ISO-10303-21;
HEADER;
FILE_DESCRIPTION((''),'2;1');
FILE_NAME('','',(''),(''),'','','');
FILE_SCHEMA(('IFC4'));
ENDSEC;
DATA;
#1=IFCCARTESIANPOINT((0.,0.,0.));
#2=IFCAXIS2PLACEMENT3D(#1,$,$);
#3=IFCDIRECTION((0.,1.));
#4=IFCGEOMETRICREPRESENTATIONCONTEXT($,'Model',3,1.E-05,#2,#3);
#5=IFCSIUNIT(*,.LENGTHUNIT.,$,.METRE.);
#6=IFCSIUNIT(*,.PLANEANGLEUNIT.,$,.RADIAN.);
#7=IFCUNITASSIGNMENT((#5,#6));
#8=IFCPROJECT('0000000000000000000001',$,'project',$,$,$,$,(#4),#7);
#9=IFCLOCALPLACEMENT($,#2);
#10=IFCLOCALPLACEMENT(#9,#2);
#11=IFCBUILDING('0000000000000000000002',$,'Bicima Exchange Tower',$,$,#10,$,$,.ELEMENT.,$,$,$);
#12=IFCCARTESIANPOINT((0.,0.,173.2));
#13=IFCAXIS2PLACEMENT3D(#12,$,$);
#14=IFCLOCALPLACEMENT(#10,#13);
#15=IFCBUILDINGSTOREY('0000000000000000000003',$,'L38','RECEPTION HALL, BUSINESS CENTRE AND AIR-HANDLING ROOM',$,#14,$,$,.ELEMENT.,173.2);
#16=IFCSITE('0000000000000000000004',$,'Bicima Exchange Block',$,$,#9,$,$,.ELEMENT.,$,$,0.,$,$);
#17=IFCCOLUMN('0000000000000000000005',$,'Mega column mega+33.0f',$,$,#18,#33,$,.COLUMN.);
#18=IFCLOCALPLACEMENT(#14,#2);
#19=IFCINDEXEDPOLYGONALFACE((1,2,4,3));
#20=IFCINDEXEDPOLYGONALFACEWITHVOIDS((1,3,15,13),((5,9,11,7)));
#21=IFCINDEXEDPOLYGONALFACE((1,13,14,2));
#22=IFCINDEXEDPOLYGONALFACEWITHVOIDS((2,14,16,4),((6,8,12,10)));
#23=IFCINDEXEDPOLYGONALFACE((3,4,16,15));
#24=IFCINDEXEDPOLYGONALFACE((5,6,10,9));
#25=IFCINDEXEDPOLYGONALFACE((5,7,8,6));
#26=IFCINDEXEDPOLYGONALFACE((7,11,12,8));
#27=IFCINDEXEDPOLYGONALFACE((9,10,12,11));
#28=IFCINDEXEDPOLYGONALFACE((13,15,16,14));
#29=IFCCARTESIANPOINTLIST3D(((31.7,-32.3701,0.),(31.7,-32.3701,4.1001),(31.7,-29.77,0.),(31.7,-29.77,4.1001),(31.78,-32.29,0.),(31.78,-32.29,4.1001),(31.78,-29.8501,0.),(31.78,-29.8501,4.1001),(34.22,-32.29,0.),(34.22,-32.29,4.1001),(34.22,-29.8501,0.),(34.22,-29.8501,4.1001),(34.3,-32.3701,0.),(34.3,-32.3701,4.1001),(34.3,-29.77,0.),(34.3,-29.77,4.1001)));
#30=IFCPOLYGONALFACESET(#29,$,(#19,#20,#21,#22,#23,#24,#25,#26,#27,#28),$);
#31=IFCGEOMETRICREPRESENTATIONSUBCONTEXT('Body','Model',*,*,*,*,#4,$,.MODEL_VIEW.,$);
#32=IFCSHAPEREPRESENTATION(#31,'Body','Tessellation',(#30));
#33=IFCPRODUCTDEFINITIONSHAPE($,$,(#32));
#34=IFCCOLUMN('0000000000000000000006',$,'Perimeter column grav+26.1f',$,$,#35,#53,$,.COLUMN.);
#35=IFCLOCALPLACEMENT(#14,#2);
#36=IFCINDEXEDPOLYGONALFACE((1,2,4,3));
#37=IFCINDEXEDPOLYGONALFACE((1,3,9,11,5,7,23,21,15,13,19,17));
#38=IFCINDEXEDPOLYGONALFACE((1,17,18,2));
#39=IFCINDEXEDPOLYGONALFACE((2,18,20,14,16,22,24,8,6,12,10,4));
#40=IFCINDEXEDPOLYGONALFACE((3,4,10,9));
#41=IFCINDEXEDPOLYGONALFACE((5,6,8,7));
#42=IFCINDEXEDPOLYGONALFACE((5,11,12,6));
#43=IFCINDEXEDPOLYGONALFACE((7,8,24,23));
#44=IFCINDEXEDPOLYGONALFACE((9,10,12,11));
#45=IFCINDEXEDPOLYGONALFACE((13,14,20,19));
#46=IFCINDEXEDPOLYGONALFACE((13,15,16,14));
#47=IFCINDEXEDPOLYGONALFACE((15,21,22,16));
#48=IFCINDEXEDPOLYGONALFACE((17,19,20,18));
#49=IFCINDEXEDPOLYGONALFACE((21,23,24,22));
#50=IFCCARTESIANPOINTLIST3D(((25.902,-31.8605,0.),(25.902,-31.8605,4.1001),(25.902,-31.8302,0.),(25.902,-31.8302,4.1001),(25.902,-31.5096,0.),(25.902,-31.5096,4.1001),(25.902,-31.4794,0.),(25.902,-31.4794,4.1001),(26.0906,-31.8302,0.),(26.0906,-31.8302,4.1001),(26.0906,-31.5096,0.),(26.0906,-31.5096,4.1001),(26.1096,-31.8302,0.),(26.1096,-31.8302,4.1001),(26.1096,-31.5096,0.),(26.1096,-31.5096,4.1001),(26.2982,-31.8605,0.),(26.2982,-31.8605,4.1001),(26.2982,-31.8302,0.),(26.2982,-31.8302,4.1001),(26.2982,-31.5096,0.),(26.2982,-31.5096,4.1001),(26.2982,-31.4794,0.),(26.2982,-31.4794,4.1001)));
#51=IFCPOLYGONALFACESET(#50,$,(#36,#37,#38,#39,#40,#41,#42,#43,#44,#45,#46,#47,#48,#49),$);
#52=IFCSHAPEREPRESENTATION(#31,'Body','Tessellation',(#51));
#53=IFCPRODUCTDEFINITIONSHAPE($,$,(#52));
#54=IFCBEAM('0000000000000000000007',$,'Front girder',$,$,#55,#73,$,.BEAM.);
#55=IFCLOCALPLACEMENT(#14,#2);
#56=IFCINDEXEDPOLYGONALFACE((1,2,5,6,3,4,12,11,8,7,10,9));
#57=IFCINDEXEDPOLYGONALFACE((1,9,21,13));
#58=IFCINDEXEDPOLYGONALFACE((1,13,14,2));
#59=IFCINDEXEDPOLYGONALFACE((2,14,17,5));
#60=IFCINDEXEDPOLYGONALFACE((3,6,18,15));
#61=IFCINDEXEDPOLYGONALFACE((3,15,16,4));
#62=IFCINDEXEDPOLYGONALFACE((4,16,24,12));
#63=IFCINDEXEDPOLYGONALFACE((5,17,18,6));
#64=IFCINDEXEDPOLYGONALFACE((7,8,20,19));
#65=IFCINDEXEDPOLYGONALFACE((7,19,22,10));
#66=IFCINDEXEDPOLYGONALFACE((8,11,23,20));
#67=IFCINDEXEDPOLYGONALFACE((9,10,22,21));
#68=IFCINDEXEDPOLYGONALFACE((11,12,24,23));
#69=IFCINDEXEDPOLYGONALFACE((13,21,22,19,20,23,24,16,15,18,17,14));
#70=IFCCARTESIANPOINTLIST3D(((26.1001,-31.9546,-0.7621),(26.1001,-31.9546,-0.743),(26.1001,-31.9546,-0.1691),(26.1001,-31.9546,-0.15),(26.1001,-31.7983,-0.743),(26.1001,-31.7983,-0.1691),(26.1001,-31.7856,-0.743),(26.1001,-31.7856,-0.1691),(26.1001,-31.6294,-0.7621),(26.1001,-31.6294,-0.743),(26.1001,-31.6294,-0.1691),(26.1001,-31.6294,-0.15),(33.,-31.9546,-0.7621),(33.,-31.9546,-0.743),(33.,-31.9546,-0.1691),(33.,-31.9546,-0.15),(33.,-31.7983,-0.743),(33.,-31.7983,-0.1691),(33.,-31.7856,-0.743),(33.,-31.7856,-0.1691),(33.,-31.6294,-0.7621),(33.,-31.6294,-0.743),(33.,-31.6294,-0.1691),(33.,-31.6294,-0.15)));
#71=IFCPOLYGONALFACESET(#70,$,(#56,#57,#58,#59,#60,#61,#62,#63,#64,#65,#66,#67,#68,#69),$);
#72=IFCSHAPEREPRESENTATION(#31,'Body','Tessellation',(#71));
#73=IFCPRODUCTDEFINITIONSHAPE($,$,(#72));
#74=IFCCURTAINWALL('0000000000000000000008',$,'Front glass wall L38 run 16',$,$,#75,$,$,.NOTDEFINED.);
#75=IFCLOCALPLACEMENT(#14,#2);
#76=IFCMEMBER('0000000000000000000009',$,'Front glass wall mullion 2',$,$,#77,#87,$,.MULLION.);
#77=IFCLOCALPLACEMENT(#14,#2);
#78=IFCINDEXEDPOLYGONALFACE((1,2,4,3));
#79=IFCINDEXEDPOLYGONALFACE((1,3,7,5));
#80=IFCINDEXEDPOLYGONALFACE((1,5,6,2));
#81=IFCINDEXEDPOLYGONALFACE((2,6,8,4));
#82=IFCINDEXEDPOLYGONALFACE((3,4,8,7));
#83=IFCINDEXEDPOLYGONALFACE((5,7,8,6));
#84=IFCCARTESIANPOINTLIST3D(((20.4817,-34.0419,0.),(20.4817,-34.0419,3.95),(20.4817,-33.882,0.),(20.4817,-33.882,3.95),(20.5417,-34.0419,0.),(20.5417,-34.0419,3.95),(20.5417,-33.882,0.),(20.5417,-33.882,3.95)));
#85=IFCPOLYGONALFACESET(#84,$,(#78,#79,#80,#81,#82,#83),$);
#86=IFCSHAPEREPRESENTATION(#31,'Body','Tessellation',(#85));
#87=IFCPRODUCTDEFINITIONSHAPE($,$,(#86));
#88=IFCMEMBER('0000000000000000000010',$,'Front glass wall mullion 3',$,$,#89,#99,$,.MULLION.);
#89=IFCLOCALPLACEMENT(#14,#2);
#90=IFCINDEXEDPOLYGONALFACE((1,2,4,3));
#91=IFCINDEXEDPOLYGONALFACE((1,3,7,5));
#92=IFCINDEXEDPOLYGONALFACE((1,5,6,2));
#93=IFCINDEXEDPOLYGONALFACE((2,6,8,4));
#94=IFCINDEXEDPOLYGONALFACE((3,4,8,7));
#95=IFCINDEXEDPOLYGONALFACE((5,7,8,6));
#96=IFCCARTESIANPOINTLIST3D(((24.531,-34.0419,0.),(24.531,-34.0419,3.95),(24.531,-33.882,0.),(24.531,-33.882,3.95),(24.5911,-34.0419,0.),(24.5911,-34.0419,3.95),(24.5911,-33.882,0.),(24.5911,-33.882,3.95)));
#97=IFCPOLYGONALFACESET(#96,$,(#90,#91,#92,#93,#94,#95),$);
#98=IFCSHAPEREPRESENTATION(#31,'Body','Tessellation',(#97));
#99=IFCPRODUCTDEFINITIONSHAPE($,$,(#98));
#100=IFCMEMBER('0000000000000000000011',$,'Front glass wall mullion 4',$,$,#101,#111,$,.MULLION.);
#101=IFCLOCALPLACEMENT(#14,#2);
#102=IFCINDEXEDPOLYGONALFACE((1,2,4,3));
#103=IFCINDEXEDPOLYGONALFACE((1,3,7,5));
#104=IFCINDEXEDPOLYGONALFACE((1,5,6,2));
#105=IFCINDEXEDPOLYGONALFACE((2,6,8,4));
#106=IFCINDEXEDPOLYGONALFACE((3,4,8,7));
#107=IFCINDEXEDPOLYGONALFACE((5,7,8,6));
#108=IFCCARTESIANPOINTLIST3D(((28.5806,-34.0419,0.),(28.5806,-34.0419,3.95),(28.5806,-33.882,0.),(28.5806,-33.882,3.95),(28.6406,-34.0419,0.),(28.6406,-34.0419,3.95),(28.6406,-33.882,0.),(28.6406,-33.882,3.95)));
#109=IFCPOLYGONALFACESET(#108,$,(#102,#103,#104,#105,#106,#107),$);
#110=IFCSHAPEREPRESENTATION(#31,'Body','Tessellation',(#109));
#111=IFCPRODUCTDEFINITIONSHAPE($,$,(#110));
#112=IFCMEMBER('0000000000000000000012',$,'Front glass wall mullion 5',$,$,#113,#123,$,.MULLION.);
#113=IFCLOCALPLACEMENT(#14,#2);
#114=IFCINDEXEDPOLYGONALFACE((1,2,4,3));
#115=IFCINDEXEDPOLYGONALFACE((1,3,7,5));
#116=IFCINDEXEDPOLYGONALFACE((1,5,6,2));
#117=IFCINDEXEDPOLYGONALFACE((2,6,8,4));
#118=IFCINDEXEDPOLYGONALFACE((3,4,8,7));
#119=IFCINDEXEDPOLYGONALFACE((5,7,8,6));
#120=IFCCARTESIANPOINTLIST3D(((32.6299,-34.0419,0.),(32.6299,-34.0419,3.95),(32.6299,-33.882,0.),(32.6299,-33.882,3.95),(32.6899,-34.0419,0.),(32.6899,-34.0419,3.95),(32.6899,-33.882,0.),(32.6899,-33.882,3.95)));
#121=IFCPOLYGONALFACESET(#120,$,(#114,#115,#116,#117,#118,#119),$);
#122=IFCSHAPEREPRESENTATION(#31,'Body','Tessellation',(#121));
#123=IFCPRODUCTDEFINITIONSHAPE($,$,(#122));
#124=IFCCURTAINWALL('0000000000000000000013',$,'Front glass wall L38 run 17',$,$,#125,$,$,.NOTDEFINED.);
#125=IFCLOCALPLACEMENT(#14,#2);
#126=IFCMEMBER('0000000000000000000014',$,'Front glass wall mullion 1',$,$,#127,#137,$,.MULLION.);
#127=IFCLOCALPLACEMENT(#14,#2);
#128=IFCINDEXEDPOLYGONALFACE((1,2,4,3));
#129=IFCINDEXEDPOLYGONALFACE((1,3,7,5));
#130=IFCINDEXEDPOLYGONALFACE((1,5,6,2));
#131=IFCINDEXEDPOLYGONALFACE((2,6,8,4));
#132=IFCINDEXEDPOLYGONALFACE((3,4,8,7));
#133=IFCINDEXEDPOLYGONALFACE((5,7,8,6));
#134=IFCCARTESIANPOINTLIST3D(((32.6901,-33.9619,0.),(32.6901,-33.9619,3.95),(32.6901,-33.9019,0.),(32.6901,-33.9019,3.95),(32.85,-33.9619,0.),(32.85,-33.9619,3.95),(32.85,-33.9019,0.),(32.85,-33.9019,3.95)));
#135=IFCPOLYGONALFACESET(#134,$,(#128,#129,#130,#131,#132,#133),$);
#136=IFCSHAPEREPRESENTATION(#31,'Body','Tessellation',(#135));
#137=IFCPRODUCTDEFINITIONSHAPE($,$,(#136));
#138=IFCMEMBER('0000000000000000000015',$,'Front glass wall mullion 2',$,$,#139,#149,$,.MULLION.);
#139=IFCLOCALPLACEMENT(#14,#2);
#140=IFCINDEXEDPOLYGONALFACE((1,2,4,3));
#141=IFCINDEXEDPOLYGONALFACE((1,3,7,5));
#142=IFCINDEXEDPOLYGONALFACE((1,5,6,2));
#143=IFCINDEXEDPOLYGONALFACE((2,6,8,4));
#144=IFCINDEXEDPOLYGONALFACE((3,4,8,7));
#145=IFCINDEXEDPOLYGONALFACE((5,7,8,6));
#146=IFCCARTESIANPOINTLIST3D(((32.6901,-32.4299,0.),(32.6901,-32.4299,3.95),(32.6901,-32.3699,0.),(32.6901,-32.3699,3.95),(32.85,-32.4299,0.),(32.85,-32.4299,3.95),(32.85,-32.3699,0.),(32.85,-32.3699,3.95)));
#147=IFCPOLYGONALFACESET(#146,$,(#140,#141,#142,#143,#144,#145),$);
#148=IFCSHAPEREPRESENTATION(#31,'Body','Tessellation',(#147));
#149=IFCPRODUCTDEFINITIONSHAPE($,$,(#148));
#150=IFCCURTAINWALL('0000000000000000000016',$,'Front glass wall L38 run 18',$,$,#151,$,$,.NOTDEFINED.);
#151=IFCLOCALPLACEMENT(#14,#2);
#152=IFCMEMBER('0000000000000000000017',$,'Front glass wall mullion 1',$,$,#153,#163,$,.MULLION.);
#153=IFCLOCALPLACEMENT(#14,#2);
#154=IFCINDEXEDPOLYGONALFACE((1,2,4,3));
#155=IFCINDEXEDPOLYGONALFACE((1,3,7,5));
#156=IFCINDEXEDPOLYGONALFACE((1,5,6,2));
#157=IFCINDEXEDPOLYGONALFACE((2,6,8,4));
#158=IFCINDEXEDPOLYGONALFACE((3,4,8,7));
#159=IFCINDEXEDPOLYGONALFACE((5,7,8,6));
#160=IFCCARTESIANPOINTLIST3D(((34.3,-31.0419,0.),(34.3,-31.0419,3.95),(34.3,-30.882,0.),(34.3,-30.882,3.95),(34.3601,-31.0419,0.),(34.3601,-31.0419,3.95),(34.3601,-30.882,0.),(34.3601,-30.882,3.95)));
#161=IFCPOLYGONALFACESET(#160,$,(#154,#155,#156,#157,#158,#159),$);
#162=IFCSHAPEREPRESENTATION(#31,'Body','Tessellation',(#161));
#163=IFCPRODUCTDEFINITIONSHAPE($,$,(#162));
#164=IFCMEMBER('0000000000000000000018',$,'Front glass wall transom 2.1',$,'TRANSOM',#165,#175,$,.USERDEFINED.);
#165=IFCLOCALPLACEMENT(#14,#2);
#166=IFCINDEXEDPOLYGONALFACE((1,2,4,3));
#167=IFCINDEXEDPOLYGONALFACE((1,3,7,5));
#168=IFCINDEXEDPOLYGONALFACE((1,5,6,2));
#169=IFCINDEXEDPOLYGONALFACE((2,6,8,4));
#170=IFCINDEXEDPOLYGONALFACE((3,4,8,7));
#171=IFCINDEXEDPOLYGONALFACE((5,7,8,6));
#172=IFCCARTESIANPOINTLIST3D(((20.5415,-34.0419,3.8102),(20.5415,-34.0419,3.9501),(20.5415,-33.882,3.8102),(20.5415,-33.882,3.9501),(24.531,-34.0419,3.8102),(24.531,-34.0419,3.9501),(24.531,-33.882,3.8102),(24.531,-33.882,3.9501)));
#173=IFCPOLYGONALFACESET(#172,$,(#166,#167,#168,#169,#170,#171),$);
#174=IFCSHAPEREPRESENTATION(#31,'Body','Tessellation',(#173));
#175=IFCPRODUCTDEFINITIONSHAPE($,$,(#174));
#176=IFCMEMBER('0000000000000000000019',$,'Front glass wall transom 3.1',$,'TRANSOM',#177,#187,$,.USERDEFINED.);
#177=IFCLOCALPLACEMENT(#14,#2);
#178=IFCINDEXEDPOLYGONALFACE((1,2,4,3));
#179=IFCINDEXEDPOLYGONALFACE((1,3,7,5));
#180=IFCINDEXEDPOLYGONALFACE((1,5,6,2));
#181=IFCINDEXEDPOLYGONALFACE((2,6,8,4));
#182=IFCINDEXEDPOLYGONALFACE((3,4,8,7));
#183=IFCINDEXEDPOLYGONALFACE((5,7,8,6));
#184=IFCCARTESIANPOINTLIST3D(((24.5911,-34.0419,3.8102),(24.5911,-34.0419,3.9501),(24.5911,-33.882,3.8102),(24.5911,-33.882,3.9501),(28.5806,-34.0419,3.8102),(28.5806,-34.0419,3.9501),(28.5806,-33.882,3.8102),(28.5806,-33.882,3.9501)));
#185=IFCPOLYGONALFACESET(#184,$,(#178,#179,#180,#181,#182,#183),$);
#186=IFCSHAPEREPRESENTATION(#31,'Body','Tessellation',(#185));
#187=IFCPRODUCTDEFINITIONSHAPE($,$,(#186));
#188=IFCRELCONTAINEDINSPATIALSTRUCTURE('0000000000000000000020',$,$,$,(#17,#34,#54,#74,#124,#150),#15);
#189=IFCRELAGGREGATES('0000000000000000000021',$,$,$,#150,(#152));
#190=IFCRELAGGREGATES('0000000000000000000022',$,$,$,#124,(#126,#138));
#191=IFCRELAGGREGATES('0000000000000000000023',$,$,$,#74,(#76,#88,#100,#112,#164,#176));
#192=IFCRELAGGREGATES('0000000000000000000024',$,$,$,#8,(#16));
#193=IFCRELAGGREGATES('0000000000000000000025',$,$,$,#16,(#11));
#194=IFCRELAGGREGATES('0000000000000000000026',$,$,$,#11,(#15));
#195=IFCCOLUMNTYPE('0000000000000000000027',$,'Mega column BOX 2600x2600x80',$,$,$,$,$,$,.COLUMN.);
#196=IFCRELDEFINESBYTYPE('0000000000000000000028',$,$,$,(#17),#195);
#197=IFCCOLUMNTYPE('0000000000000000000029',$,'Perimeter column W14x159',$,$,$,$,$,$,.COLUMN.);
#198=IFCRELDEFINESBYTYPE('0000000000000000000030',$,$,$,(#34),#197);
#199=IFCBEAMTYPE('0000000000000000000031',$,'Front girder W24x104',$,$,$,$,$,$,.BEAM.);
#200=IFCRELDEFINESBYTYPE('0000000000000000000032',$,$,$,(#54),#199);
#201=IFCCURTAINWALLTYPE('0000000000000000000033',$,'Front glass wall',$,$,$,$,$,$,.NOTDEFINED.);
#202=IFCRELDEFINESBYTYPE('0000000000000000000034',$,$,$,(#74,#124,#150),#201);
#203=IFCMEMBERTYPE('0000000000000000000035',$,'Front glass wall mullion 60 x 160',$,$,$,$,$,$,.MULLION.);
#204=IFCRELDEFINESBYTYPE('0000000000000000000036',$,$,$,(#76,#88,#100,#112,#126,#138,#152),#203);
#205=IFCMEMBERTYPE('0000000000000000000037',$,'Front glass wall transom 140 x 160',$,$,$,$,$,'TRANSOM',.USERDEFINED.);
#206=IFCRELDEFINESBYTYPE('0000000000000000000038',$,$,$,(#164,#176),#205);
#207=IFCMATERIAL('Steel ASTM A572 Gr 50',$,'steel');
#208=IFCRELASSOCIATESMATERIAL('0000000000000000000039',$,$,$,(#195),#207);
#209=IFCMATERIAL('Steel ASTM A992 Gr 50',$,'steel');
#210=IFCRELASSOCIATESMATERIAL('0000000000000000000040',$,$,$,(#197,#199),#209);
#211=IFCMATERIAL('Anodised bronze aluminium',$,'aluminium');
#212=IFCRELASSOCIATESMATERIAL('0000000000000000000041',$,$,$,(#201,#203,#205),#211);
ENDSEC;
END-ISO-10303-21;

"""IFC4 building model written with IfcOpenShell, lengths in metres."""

from ifc_helpers import new_model, si_unit, direction, frame, origin, origin_2d, place, context, subcontext, project, spatial, rectangle, hollow_rectangle, i_section, extrude, material, material_profile, profile_set, type_object, element, aggregate, save


model = new_model("IFC4")

# Units and contexts
model_context = context("Model", 3, precision=1e-05, world=origin(), true_north=direction((0.0, 1.0)))
body_context = subcontext(model_context, "Body", "Model", "MODEL_VIEW")
ifc_project = project(units=[si_unit("LENGTHUNIT", "METRE"), si_unit("PLANEANGLEUNIT", "RADIAN")], contexts=[model_context])

# Site, building, storey
site_placement = place(None, origin())
site = spatial("IfcSite", under=ifc_project, at=site_placement, Name="Bicima Exchange Block", CompositionType="ELEMENT", RefElevation=0.0)
building_placement = place(site_placement, origin())
building = spatial("IfcBuilding", under=site, at=building_placement, Name="Bicima Exchange Tower", CompositionType="ELEMENT")
storey_placement = place(building_placement, frame((0.0, 0.0, 173.2)))
storey = spatial("IfcBuildingStorey", under=building, at=storey_placement, Name="L38", Description="RECEPTION HALL, BUSINESS CENTRE AND AIR-HANDLING ROOM", CompositionType="ELEMENT", Elevation=173.2)

# Columns
ifc_material_1 = material(Name="Steel ASTM A572 Gr 50", Category="steel")
ifc_material_profile_1 = material_profile(ifc_material_1, hollow_rectangle(XDim=2.6001, YDim=2.6001, WallThickness=0.0801, at=origin_2d()))
ifc_profile_set_1 = profile_set([ifc_material_profile_1], Name="Steel ASTM A572 Gr 50")
column_type_1 = type_object("IfcColumnType", Name="Mega column BOX 2600x2600x80", PredefinedType="COLUMN", material=ifc_profile_set_1)
column_1_placement = place(storey_placement, frame((33.0, -31.0701, 0.0), z_axis=(0.0, 0.0, 1.0), x_axis=(1.0, 0.0, 0.0)))
element("IfcColumn", 1, at=column_1_placement, inside=storey, type_object=column_type_1, Name="Mega column mega+33.0f", PredefinedType="COLUMN", context=body_context, shape_type="SweptSolid", body=[
    extrude(hollow_rectangle(XDim=2.6001, YDim=2.6001, WallThickness=0.0801, at=origin_2d()), origin(), (0.0, 0.0, 1.0), 4.1001),
])
ifc_material_2 = material(Name="Steel ASTM A992 Gr 50", Category="steel")
ifc_material_profile_2 = material_profile(ifc_material_2, i_section(OverallWidth=0.3962, OverallDepth=0.3811, WebThickness=0.019, FlangeThickness=0.0303, at=origin_2d()))
ifc_profile_set_2 = profile_set([ifc_material_profile_2], Name="Steel ASTM A992 Gr 50")
column_type_2 = type_object("IfcColumnType", Name="Perimeter column W14x159", PredefinedType="COLUMN", material=ifc_profile_set_2)
column_2_placement = place(storey_placement, frame((26.1001, -31.6699, 0.0), z_axis=(0.0, 0.0, 1.0), x_axis=(1.0, 0.0, 0.0)))
element("IfcColumn", 2, at=column_2_placement, inside=storey, type_object=column_type_2, Name="Perimeter column grav+26.1f", PredefinedType="COLUMN", context=body_context, shape_type="SweptSolid", body=[
    extrude(i_section(OverallWidth=0.3962, OverallDepth=0.3811, WebThickness=0.019, FlangeThickness=0.0303, at=origin_2d()), origin(), (0.0, 0.0, 1.0), 4.1001),
])

# Beam
ifc_material_profile_3 = material_profile(ifc_material_2, i_section(OverallWidth=0.3252, OverallDepth=0.6121, WebThickness=0.0127, FlangeThickness=0.019, at=origin_2d()))
ifc_profile_set_3 = profile_set([ifc_material_profile_3], Name="Steel ASTM A992 Gr 50")
beam_type = type_object("IfcBeamType", Name="Front girder W24x104", PredefinedType="BEAM", material=ifc_profile_set_3)
beam_placement = place(storey_placement, frame((26.1001, -31.792, -0.4561), z_axis=(1.0, 0.0, 0.0), x_axis=(0.0, 1.0, 0.0)))
element("IfcBeam", 3, at=beam_placement, inside=storey, type_object=beam_type, Name="Front girder", PredefinedType="BEAM", context=body_context, shape_type="SweptSolid", body=[
    extrude(i_section(OverallWidth=0.3252, OverallDepth=0.6121, WebThickness=0.0127, FlangeThickness=0.019, at=origin_2d()), origin(), (0.0, 0.0, 1.0), 6.8999),
])

# Curtain walls, members
ifc_material_3 = material(Name="Anodised bronze aluminium", Category="aluminium")
curtain_wall_type = type_object("IfcCurtainWallType", Name="Front glass wall", PredefinedType="NOTDEFINED", material=ifc_material_3)
curtain_wall_1_placement = place(storey_placement, origin())
curtain_wall_1 = element("IfcCurtainWall", 4, at=curtain_wall_1_placement, inside=storey, type_object=curtain_wall_type, Name="Front glass wall L38 run 16", PredefinedType="NOTDEFINED")
ifc_material_profile_4 = material_profile(ifc_material_3, rectangle(XDim=0.1599, YDim=0.0601, at=origin_2d()))
ifc_profile_set_4 = profile_set([ifc_material_profile_4], Name="Anodised bronze aluminium")
member_type_1 = type_object("IfcMemberType", Name="Front glass wall mullion 60 x 160", PredefinedType="MULLION", material=ifc_profile_set_4)
member_1_placement = place(storey_placement, frame((20.5117, -33.9619, 0.0), z_axis=(0.0, 0.0, 1.0), x_axis=(0.0, 1.0, 0.0)))
member_1 = element("IfcMember", 5, at=member_1_placement, type_object=member_type_1, Name="Front glass wall mullion 2", PredefinedType="MULLION", context=body_context, shape_type="SweptSolid", body=[
    extrude(rectangle(XDim=0.1599, YDim=0.0601, at=origin_2d()), origin(), (0.0, 0.0, 1.0), 3.95),
])
member_2_placement = place(storey_placement, frame((24.561, -33.9619, 0.0), z_axis=(0.0, 0.0, 1.0), x_axis=(0.0, 1.0, 0.0)))
member_2 = element("IfcMember", 6, at=member_2_placement, type_object=member_type_1, Name="Front glass wall mullion 3", PredefinedType="MULLION", context=body_context, shape_type="SweptSolid", body=[
    extrude(rectangle(XDim=0.1599, YDim=0.0601, at=origin_2d()), origin(), (0.0, 0.0, 1.0), 3.95),
])
member_3_placement = place(storey_placement, frame((28.6106, -33.9619, 0.0), z_axis=(0.0, 0.0, 1.0), x_axis=(0.0, 1.0, 0.0)))
member_3 = element("IfcMember", 7, at=member_3_placement, type_object=member_type_1, Name="Front glass wall mullion 4", PredefinedType="MULLION", context=body_context, shape_type="SweptSolid", body=[
    extrude(rectangle(XDim=0.1599, YDim=0.0601, at=origin_2d()), origin(), (0.0, 0.0, 1.0), 3.95),
])
member_4_placement = place(storey_placement, frame((32.6599, -33.9619, 0.0), z_axis=(0.0, 0.0, 1.0), x_axis=(0.0, 1.0, 0.0)))
member_4 = element("IfcMember", 8, at=member_4_placement, type_object=member_type_1, Name="Front glass wall mullion 5", PredefinedType="MULLION", context=body_context, shape_type="SweptSolid", body=[
    extrude(rectangle(XDim=0.1599, YDim=0.0601, at=origin_2d()), origin(), (0.0, 0.0, 1.0), 3.95),
])
curtain_wall_2_placement = place(storey_placement, origin())
curtain_wall_2 = element("IfcCurtainWall", 9, at=curtain_wall_2_placement, inside=storey, type_object=curtain_wall_type, Name="Front glass wall L38 run 17", PredefinedType="NOTDEFINED")
member_5_placement = place(storey_placement, frame((32.77, -33.9319, 0.0), z_axis=(0.0, 0.0, 1.0), x_axis=(-1.0, 0.0, 0.0)))
member_5 = element("IfcMember", 10, at=member_5_placement, type_object=member_type_1, Name="Front glass wall mullion 1", PredefinedType="MULLION", context=body_context, shape_type="SweptSolid", body=[
    extrude(rectangle(XDim=0.1599, YDim=0.0601, at=origin_2d()), origin(), (0.0, 0.0, 1.0), 3.95),
])
member_6_placement = place(storey_placement, frame((32.77, -32.3999, 0.0), z_axis=(0.0, 0.0, 1.0), x_axis=(-1.0, 0.0, 0.0)))
member_6 = element("IfcMember", 11, at=member_6_placement, type_object=member_type_1, Name="Front glass wall mullion 2", PredefinedType="MULLION", context=body_context, shape_type="SweptSolid", body=[
    extrude(rectangle(XDim=0.1599, YDim=0.0601, at=origin_2d()), origin(), (0.0, 0.0, 1.0), 3.95),
])

# Curtain wall, member
curtain_wall_3_placement = place(storey_placement, origin())
curtain_wall_3 = element("IfcCurtainWall", 12, at=curtain_wall_3_placement, inside=storey, type_object=curtain_wall_type, Name="Front glass wall L38 run 18", PredefinedType="NOTDEFINED")
member_7_placement = place(storey_placement, frame((34.3301, -30.9619, 0.0), z_axis=(0.0, 0.0, 1.0), x_axis=(0.0, 1.0, 0.0)))
member_7 = element("IfcMember", 13, at=member_7_placement, type_object=member_type_1, Name="Front glass wall mullion 1", PredefinedType="MULLION", context=body_context, shape_type="SweptSolid", body=[
    extrude(rectangle(XDim=0.1599, YDim=0.0601, at=origin_2d()), origin(), (0.0, 0.0, 1.0), 3.95),
])
aggregate(curtain_wall_3, [member_7])

# Members
ifc_material_profile_5 = material_profile(ifc_material_3, rectangle(XDim=0.1599, YDim=0.1399, at=origin_2d()))
ifc_profile_set_5 = profile_set([ifc_material_profile_5], Name="Anodised bronze aluminium")
member_type_2 = type_object("IfcMemberType", Name="Front glass wall transom 140 x 160", ElementType="TRANSOM", PredefinedType="USERDEFINED", material=ifc_profile_set_5)
member_8_placement = place(storey_placement, frame((20.5415, -33.9619, 3.8801), z_axis=(1.0, 0.0, 0.0), x_axis=(0.0, 1.0, 0.0)))
member_8 = element("IfcMember", 14, at=member_8_placement, type_object=member_type_2, Name="Front glass wall transom 2.1", ObjectType="TRANSOM", PredefinedType="USERDEFINED", context=body_context, shape_type="SweptSolid", body=[
    extrude(rectangle(XDim=0.1599, YDim=0.1399, at=origin_2d()), origin(), (0.0, 0.0, 1.0), 3.9895),
])
member_9_placement = place(storey_placement, frame((24.5911, -33.9619, 3.8801), z_axis=(1.0, 0.0, 0.0), x_axis=(0.0, 1.0, 0.0)))
member_9 = element("IfcMember", 15, at=member_9_placement, type_object=member_type_2, Name="Front glass wall transom 3.1", ObjectType="TRANSOM", PredefinedType="USERDEFINED", context=body_context, shape_type="SweptSolid", body=[
    extrude(rectangle(XDim=0.1599, YDim=0.1399, at=origin_2d()), origin(), (0.0, 0.0, 1.0), 3.9895),
])

aggregate(curtain_wall_2, [member_5, member_6])
aggregate(curtain_wall_1, [member_1, member_2, member_3, member_4, member_8, member_9])

save(model, "model.ifc")
